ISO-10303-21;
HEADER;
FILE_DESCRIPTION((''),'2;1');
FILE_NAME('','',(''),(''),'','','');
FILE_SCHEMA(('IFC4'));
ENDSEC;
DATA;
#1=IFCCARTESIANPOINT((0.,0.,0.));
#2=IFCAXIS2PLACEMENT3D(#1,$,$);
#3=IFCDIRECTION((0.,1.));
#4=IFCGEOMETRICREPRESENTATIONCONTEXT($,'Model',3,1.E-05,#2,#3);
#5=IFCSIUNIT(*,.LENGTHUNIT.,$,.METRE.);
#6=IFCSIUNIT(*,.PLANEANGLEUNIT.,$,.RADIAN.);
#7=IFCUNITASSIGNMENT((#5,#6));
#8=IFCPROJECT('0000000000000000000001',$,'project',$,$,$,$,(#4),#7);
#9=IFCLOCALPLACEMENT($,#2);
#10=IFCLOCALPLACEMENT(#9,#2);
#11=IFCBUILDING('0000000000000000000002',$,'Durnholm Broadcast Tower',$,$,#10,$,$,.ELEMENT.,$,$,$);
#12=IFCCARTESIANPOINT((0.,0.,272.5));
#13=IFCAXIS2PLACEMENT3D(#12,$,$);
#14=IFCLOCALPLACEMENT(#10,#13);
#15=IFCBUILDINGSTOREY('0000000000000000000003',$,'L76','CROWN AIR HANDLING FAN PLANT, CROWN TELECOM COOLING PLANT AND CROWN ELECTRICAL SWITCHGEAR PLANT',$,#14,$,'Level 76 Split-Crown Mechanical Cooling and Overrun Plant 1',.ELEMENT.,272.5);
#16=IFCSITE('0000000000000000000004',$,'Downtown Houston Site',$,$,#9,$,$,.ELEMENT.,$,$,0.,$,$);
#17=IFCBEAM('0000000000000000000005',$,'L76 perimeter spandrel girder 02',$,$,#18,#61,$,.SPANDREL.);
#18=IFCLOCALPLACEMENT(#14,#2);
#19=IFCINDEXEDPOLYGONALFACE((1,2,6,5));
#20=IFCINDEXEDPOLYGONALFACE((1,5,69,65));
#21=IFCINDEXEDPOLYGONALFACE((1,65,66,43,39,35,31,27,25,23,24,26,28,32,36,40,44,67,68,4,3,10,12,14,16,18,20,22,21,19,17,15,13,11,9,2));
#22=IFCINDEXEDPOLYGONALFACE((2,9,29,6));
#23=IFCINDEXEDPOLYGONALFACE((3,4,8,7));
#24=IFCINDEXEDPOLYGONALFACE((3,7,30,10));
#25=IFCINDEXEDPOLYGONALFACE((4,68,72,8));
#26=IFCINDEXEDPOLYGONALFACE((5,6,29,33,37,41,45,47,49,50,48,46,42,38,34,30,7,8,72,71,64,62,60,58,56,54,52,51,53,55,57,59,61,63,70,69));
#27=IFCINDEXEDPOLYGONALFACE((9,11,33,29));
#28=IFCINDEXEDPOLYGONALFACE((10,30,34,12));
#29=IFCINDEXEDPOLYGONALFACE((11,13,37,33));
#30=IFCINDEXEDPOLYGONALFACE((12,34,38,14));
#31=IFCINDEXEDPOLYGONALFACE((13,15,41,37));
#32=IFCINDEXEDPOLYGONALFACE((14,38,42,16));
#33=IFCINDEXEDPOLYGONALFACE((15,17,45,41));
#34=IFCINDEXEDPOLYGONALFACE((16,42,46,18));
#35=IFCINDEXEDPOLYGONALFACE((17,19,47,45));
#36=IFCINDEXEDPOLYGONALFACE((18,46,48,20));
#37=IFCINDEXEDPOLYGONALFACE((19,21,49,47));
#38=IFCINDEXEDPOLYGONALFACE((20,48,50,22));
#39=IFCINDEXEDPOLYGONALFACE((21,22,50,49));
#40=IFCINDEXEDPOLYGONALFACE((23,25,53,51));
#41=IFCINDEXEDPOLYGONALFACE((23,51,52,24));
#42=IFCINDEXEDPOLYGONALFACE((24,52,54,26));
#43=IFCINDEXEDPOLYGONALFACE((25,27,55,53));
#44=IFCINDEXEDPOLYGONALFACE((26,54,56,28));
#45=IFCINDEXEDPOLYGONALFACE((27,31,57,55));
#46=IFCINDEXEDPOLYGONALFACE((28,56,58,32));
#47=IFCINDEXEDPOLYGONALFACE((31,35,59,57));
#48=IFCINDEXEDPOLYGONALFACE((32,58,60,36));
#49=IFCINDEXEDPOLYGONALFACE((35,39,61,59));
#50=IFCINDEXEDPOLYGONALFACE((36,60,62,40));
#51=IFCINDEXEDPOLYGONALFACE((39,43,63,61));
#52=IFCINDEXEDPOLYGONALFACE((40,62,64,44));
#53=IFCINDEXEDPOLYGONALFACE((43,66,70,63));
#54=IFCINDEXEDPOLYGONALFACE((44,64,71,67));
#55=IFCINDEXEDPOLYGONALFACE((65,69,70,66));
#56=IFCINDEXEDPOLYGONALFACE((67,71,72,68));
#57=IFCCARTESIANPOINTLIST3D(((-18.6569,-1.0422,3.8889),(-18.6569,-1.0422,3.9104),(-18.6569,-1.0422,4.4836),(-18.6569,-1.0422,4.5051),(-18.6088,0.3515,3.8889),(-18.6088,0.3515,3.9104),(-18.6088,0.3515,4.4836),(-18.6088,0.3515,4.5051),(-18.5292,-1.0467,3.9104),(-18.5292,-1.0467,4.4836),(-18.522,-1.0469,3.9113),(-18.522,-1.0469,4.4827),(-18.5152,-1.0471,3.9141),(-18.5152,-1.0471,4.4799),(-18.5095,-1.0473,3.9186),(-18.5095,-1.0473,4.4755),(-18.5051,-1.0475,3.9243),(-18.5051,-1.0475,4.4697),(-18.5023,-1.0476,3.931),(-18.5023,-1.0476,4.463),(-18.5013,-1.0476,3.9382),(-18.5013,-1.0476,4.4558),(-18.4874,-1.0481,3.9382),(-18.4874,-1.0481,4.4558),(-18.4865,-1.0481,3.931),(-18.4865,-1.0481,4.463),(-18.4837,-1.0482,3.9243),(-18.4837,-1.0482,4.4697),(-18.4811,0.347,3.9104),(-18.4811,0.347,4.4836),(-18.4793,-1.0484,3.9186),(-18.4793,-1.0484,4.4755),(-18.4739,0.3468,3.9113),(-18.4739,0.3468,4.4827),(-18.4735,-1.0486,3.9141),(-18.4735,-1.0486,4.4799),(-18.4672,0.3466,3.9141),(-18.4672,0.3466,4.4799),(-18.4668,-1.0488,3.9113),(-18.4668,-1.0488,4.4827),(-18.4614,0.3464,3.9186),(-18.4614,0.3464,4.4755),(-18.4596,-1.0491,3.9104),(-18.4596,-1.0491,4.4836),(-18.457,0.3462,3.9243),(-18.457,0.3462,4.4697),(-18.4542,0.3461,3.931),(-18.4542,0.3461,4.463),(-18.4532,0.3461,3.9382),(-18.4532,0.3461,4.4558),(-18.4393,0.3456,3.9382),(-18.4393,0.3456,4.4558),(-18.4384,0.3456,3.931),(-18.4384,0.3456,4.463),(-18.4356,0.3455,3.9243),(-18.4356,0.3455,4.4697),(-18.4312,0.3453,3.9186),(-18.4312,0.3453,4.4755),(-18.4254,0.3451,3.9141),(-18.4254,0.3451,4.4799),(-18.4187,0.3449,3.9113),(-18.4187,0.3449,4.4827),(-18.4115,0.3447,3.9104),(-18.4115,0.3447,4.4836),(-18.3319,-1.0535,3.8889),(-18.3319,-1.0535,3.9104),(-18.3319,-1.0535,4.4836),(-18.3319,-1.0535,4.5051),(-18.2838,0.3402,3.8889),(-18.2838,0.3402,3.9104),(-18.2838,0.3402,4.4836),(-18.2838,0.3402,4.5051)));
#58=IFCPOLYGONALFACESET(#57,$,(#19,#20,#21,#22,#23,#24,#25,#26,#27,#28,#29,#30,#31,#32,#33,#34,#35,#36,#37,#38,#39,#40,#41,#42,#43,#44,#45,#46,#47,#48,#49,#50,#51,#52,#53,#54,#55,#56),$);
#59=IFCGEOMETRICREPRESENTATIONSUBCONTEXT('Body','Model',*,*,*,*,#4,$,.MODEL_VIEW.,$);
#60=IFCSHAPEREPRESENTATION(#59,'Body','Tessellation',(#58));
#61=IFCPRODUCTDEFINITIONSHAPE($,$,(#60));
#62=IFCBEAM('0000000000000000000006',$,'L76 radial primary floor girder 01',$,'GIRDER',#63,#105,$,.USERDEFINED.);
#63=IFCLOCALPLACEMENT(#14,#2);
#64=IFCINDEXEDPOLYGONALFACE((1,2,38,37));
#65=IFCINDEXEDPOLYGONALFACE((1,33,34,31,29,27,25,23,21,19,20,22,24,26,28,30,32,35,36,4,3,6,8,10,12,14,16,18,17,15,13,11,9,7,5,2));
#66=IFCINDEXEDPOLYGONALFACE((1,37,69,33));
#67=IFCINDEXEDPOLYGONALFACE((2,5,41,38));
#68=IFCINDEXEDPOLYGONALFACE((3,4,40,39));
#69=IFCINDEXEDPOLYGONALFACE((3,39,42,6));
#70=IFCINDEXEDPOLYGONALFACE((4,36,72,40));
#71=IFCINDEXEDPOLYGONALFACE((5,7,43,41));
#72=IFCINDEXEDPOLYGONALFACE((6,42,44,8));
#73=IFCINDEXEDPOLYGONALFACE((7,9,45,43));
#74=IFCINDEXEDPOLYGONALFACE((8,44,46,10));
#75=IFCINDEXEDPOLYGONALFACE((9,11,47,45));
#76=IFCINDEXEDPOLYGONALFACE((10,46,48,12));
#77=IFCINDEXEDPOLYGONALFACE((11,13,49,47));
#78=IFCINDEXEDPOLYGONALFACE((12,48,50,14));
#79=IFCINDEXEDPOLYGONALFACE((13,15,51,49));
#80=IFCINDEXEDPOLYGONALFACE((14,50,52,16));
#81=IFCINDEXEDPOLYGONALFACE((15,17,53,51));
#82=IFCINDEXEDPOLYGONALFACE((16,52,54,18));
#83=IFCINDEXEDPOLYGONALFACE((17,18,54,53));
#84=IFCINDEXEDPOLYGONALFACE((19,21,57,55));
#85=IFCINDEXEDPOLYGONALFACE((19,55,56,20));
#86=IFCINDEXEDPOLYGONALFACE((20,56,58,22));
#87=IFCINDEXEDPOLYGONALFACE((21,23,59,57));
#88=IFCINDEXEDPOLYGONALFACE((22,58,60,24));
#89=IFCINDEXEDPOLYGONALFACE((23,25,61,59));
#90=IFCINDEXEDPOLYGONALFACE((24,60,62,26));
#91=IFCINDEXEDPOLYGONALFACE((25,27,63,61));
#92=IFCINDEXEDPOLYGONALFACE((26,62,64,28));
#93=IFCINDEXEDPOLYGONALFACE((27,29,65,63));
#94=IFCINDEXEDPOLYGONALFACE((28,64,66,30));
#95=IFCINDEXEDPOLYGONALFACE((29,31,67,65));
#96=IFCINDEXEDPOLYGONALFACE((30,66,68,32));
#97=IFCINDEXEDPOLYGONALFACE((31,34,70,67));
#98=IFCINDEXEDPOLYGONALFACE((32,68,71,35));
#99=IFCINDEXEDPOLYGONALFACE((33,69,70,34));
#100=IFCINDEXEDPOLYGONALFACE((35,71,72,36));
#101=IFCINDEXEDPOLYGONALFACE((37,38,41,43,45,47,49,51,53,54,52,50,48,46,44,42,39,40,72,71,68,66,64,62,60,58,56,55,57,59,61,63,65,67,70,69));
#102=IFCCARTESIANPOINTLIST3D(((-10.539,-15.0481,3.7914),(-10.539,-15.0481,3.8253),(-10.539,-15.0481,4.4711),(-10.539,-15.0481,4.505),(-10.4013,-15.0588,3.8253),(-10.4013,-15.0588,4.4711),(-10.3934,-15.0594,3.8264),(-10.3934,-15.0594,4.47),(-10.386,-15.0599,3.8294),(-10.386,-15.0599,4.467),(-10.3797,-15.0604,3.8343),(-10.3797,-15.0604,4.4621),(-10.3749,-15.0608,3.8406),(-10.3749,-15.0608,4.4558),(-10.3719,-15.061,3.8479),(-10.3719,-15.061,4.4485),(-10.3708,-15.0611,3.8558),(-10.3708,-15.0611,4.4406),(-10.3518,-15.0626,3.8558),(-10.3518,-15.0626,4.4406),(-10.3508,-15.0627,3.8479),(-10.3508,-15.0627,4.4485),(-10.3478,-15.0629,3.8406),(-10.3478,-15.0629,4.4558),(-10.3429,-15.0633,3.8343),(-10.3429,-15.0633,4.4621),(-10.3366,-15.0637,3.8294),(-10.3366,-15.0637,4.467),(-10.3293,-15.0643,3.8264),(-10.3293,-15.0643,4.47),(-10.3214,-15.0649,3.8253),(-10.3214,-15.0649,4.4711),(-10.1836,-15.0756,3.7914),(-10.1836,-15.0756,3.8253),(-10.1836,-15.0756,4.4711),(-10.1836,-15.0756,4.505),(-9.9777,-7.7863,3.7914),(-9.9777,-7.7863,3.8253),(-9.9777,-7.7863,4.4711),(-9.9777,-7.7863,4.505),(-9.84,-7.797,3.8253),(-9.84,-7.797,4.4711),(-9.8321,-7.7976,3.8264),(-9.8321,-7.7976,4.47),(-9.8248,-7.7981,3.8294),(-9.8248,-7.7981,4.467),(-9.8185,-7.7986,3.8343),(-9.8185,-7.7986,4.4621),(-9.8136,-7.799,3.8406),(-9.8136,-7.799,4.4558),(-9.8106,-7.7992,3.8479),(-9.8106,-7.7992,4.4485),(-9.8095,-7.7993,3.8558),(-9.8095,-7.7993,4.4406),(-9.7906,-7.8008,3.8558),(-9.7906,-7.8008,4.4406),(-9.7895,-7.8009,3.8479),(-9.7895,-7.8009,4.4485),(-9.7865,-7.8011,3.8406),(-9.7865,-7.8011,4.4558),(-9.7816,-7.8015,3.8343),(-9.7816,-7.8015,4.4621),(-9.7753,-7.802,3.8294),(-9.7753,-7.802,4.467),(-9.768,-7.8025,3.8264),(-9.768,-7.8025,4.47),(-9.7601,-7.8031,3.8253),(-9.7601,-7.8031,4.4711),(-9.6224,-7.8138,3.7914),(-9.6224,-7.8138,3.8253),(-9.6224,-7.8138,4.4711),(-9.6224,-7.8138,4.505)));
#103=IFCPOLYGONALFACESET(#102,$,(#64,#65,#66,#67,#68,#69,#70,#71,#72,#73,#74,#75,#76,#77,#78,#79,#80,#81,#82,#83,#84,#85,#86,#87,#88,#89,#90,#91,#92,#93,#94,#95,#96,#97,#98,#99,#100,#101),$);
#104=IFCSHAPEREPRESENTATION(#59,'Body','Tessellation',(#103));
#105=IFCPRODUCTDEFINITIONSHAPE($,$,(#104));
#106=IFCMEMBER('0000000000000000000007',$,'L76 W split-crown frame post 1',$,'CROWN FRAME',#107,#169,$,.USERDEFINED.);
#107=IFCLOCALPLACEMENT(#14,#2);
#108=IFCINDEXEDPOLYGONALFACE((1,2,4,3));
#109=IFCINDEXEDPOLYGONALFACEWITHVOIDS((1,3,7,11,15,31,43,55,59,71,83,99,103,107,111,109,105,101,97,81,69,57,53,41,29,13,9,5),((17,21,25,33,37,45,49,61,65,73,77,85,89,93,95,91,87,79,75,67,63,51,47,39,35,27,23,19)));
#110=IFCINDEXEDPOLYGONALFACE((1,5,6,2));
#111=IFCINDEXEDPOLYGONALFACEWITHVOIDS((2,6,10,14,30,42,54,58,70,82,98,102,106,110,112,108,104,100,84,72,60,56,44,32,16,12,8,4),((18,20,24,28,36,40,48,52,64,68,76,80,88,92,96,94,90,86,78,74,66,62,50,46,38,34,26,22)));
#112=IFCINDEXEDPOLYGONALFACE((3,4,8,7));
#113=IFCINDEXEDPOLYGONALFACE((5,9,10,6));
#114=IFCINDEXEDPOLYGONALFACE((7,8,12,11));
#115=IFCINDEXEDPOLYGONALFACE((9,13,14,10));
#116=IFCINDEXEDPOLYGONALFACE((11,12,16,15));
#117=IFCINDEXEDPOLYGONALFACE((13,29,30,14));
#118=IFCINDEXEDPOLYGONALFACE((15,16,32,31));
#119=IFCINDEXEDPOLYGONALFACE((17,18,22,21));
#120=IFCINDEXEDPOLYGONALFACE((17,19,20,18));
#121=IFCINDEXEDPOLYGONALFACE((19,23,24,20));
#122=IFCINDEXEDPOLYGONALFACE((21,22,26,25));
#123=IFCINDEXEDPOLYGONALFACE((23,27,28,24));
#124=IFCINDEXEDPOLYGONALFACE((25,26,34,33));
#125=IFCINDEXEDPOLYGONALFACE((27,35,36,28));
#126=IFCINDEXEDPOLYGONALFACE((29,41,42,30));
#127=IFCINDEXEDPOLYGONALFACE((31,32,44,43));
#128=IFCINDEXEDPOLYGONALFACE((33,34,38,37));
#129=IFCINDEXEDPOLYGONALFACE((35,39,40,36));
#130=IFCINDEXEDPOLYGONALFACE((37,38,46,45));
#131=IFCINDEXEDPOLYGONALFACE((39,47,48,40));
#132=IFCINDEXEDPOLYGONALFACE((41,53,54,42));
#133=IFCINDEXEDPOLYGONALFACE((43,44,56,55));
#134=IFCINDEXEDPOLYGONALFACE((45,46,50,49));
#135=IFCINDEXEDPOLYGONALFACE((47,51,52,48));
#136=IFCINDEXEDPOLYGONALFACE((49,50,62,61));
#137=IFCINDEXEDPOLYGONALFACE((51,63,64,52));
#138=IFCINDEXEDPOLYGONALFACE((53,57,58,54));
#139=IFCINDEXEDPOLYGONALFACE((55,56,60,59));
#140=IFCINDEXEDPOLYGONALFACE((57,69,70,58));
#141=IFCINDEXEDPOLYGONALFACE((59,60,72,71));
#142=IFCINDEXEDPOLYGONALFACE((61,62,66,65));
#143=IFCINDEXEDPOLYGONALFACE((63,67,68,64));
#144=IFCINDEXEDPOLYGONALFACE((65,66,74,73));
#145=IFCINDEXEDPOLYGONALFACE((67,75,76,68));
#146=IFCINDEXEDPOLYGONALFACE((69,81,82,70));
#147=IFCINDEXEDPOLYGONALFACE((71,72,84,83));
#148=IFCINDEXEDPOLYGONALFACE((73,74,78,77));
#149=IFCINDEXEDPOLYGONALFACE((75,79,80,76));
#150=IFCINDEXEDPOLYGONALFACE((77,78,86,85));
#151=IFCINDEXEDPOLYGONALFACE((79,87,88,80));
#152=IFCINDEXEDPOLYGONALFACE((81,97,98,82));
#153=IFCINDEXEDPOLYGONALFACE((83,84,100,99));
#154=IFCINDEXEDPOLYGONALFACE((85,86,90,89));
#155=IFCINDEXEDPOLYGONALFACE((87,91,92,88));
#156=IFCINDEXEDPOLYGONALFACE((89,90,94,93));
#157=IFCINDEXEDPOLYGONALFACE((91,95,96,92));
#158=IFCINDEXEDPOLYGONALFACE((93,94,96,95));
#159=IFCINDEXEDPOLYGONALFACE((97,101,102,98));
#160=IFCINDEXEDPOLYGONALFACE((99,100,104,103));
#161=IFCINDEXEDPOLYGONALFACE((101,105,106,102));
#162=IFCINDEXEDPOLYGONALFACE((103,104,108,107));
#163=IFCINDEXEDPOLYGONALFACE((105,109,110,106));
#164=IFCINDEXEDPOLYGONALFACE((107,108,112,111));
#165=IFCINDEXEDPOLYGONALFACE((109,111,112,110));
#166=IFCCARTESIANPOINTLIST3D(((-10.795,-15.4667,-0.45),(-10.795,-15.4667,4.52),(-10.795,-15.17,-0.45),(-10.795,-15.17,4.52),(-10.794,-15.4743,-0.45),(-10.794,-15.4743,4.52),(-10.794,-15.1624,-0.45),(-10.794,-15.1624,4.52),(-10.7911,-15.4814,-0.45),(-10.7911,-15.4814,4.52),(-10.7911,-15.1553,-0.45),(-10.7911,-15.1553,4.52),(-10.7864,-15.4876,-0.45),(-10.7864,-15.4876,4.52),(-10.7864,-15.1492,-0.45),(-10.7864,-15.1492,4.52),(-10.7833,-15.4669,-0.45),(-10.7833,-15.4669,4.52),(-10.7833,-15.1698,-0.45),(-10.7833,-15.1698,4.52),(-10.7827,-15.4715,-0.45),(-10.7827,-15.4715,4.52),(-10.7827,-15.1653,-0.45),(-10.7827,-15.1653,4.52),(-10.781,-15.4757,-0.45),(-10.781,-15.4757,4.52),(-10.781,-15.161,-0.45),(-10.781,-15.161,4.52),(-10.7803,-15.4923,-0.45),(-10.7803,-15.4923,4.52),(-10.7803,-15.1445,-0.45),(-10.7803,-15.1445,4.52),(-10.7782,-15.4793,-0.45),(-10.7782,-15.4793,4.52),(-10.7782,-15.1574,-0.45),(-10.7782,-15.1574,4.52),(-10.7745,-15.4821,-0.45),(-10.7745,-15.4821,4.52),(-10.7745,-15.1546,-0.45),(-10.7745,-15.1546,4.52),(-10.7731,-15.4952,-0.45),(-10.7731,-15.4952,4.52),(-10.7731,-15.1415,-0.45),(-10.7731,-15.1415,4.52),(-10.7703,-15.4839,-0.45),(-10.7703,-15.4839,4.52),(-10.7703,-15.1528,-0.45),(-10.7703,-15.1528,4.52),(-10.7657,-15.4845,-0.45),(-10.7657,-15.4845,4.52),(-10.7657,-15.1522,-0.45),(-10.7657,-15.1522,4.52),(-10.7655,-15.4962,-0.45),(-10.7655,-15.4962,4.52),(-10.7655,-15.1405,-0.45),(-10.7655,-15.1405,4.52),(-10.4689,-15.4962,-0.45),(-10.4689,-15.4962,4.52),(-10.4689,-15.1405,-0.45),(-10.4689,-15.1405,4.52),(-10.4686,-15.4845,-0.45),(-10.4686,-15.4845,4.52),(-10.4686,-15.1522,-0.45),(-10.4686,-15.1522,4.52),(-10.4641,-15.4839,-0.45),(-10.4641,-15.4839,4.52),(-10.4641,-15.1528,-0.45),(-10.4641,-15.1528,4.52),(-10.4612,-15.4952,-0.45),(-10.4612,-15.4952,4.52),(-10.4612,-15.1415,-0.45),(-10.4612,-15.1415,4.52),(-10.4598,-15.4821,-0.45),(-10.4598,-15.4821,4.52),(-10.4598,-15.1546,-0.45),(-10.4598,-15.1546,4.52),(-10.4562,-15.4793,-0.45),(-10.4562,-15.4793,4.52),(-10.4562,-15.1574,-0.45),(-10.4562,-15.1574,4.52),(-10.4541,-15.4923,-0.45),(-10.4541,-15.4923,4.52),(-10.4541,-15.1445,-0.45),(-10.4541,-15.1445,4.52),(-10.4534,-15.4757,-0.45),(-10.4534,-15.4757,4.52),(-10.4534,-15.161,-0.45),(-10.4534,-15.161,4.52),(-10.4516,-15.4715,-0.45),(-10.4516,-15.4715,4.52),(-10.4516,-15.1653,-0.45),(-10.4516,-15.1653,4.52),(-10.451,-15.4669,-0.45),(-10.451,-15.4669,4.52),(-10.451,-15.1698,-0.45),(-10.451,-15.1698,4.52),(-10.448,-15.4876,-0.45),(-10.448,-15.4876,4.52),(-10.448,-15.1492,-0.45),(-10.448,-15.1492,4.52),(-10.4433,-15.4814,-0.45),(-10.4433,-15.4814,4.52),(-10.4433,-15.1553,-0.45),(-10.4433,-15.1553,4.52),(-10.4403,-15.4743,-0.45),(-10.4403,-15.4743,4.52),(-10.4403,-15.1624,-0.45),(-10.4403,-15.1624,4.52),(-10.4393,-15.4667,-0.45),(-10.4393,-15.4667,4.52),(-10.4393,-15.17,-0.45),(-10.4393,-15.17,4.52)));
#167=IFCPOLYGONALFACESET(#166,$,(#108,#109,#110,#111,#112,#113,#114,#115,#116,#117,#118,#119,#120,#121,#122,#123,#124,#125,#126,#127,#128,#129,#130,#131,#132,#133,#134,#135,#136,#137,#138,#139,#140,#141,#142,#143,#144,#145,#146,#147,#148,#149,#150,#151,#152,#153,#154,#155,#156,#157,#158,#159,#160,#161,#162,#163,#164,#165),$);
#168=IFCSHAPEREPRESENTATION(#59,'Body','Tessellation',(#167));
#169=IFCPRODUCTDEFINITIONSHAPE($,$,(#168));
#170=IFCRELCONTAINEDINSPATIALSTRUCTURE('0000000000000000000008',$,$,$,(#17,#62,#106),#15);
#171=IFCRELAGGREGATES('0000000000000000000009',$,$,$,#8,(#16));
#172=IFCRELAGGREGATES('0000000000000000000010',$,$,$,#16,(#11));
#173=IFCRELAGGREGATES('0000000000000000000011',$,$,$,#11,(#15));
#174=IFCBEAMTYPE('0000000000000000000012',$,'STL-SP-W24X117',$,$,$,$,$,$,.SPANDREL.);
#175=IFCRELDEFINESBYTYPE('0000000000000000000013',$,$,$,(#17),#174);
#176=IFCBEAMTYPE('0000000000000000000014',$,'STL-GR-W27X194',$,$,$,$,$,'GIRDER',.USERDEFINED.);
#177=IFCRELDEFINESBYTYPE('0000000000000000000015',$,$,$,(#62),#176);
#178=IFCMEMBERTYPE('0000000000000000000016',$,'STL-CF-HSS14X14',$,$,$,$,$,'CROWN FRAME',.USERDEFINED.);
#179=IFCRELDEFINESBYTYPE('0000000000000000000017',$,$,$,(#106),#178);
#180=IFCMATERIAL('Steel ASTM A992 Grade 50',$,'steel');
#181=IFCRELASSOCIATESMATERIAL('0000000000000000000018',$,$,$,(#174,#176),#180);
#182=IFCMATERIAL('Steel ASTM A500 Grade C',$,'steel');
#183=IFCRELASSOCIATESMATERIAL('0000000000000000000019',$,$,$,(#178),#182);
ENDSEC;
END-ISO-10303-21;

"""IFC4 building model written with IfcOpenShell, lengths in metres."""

from ifc_helpers import new_model, si_unit, direction, frame, origin, origin_2d, place, context, subcontext, project, spatial, hollow_rectangle, i_section, extrude, source, transform, mapped, material, material_profile, profile_set, type_object, type_shapes, element, save


model = new_model("IFC4")

# Units and contexts
model_context = context("Model", 3, precision=1e-05, world=origin(), true_north=direction((0.0, 1.0)))
body_context = subcontext(model_context, "Body", "Model", "MODEL_VIEW")
ifc_project = project(units=[si_unit("LENGTHUNIT", "METRE"), si_unit("PLANEANGLEUNIT", "RADIAN")], contexts=[model_context])

# Site, building, storey
site_placement = place(None, origin())
site = spatial("IfcSite", under=ifc_project, at=site_placement, Name="Downtown Houston Site", CompositionType="ELEMENT", RefElevation=0.0)
building_placement = place(site_placement, origin())
building = spatial("IfcBuilding", under=site, at=building_placement, Name="Durnholm Broadcast Tower", CompositionType="ELEMENT")
storey_placement = place(building_placement, frame((0.0, 0.0, 272.5)))
storey = spatial("IfcBuildingStorey", under=building, at=storey_placement, Name="L76", Description="CROWN AIR HANDLING FAN PLANT, CROWN TELECOM COOLING PLANT AND CROWN ELECTRICAL SWITCHGEAR PLANT", LongName="Level 76 Split-Crown Mechanical Cooling and Overrun Plant 1", CompositionType="ELEMENT", Elevation=272.5)

# Shared definitions
ifc_material_1 = material(Name="Steel ASTM A500 Grade C", Category="steel")

# Beams
ifc_material_2 = material(Name="Steel ASTM A992 Grade 50", Category="steel")
ifc_material_profile_1 = material_profile(ifc_material_2, i_section(OverallWidth=0.3252, OverallDepth=0.6162, WebThickness=0.0139, FlangeThickness=0.0215, FilletRadius=0.0278, at=origin_2d()), Name="W24X117")
ifc_profile_set_1 = profile_set([ifc_material_profile_1], Name="Steel ASTM A992 Grade 50")
beam_type_1 = type_object("IfcBeamType", Name="STL-SP-W24X117", PredefinedType="SPANDREL", material=ifc_profile_set_1)
shared_shape_1 = source(origin(), body_context, "Body", "SweptSolid", [
    extrude(i_section(OverallWidth=0.3252, OverallDepth=0.6162, WebThickness=0.0139, FlangeThickness=0.0215, FilletRadius=0.0278, at=origin_2d()), origin(), (0.0, 0.0, 1.0), 1.3945),
])
beam_1_placement = place(storey_placement, frame((-18.4944, -1.0479, 4.197), z_axis=(0.034486, 0.999405, 0.0), x_axis=(-0.999405, 0.034486, 0.0)))
element("IfcBeam", 1, at=beam_1_placement, inside=storey, type_object=beam_type_1, Name="L76 perimeter spandrel girder 02", PredefinedType="SPANDREL", context=body_context, shape_type="MappedRepresentation", body=[
    mapped(shared_shape_1, transform((0.0, 0.0, 0.0), x_axis=(1.0, 0.0, 0.0), y_axis=(0.0, 1.0, 0.0), z_axis=(0.0, 0.0, 1.0), scale=1.0)),
])
ifc_material_profile_2 = material_profile(ifc_material_2, i_section(OverallWidth=0.3564, OverallDepth=0.7136, WebThickness=0.019, FlangeThickness=0.0339, FilletRadius=0.0305, at=origin_2d()), Name="W27X194")
ifc_profile_set_2 = profile_set([ifc_material_profile_2], Name="Steel ASTM A992 Grade 50")
beam_type_2 = type_object("IfcBeamType", Name="STL-GR-W27X194", ElementType="GIRDER", PredefinedType="USERDEFINED", material=ifc_profile_set_2)
shared_shape_2 = source(origin(), body_context, "Body", "SweptSolid", [
    extrude(i_section(OverallWidth=0.3564, OverallDepth=0.7136, WebThickness=0.019, FlangeThickness=0.0339, FilletRadius=0.0305, at=origin_2d()), origin(), (0.0, 0.0, 1.0), 7.2834),
])
type_shapes(beam_type_2, [shared_shape_2])
beam_2_placement = place(storey_placement, frame((-9.8, -7.8, 4.1482), z_axis=(-0.077063, -0.997026, 0.0), x_axis=(0.997026, -0.077063, 0.0)))
element("IfcBeam", 2, at=beam_2_placement, inside=storey, type_object=beam_type_2, Name="L76 radial primary floor girder 01", ObjectType="GIRDER", PredefinedType="USERDEFINED", context=body_context, shape_type="MappedRepresentation", body=[
    mapped(shared_shape_2, transform((0.0, 0.0, 0.0), x_axis=(1.0, 0.0, 0.0), y_axis=(0.0, 1.0, 0.0), z_axis=(0.0, 0.0, 1.0), scale=1.0)),
])

# Member
ifc_material_profile_3 = material_profile(ifc_material_1, hollow_rectangle(XDim=0.3557, YDim=0.3557, WallThickness=0.0117, InnerFilletRadius=0.0176, OuterFilletRadius=0.0295, at=origin_2d()), Name="HSS14X14X1/2")
ifc_profile_set_3 = profile_set([ifc_material_profile_3], Name="Steel ASTM A500 Grade C")
member_type_1 = type_object("IfcMemberType", Name="STL-CF-HSS14X14", ElementType="CROWN FRAME", PredefinedType="USERDEFINED", material=ifc_profile_set_3)
shared_shape_3 = source(origin(), body_context, "Body", "SweptSolid", [
    extrude(hollow_rectangle(XDim=0.3557, YDim=0.3557, WallThickness=0.0117, InnerFilletRadius=0.0176, OuterFilletRadius=0.0295, at=origin_2d()), origin(), (0.0, 0.0, 1.0), 4.97),
])
type_shapes(member_type_1, [shared_shape_3])
member_1_placement = place(storey_placement, frame((-10.6172, -15.3184, -0.45), z_axis=(0.0, 0.0, 1.0), x_axis=(1.0, 0.0, 0.0)))
element("IfcMember", 3, at=member_1_placement, inside=storey, type_object=member_type_1, Name="L76 W split-crown frame post 1", ObjectType="CROWN FRAME", PredefinedType="USERDEFINED", context=body_context, shape_type="MappedRepresentation", body=[
    mapped(shared_shape_3, transform((0.0, 0.0, 0.0), x_axis=(1.0, 0.0, 0.0), y_axis=(0.0, 1.0, 0.0), z_axis=(0.0, 0.0, 1.0), scale=1.0)),
])

save(model, "model.ifc")
